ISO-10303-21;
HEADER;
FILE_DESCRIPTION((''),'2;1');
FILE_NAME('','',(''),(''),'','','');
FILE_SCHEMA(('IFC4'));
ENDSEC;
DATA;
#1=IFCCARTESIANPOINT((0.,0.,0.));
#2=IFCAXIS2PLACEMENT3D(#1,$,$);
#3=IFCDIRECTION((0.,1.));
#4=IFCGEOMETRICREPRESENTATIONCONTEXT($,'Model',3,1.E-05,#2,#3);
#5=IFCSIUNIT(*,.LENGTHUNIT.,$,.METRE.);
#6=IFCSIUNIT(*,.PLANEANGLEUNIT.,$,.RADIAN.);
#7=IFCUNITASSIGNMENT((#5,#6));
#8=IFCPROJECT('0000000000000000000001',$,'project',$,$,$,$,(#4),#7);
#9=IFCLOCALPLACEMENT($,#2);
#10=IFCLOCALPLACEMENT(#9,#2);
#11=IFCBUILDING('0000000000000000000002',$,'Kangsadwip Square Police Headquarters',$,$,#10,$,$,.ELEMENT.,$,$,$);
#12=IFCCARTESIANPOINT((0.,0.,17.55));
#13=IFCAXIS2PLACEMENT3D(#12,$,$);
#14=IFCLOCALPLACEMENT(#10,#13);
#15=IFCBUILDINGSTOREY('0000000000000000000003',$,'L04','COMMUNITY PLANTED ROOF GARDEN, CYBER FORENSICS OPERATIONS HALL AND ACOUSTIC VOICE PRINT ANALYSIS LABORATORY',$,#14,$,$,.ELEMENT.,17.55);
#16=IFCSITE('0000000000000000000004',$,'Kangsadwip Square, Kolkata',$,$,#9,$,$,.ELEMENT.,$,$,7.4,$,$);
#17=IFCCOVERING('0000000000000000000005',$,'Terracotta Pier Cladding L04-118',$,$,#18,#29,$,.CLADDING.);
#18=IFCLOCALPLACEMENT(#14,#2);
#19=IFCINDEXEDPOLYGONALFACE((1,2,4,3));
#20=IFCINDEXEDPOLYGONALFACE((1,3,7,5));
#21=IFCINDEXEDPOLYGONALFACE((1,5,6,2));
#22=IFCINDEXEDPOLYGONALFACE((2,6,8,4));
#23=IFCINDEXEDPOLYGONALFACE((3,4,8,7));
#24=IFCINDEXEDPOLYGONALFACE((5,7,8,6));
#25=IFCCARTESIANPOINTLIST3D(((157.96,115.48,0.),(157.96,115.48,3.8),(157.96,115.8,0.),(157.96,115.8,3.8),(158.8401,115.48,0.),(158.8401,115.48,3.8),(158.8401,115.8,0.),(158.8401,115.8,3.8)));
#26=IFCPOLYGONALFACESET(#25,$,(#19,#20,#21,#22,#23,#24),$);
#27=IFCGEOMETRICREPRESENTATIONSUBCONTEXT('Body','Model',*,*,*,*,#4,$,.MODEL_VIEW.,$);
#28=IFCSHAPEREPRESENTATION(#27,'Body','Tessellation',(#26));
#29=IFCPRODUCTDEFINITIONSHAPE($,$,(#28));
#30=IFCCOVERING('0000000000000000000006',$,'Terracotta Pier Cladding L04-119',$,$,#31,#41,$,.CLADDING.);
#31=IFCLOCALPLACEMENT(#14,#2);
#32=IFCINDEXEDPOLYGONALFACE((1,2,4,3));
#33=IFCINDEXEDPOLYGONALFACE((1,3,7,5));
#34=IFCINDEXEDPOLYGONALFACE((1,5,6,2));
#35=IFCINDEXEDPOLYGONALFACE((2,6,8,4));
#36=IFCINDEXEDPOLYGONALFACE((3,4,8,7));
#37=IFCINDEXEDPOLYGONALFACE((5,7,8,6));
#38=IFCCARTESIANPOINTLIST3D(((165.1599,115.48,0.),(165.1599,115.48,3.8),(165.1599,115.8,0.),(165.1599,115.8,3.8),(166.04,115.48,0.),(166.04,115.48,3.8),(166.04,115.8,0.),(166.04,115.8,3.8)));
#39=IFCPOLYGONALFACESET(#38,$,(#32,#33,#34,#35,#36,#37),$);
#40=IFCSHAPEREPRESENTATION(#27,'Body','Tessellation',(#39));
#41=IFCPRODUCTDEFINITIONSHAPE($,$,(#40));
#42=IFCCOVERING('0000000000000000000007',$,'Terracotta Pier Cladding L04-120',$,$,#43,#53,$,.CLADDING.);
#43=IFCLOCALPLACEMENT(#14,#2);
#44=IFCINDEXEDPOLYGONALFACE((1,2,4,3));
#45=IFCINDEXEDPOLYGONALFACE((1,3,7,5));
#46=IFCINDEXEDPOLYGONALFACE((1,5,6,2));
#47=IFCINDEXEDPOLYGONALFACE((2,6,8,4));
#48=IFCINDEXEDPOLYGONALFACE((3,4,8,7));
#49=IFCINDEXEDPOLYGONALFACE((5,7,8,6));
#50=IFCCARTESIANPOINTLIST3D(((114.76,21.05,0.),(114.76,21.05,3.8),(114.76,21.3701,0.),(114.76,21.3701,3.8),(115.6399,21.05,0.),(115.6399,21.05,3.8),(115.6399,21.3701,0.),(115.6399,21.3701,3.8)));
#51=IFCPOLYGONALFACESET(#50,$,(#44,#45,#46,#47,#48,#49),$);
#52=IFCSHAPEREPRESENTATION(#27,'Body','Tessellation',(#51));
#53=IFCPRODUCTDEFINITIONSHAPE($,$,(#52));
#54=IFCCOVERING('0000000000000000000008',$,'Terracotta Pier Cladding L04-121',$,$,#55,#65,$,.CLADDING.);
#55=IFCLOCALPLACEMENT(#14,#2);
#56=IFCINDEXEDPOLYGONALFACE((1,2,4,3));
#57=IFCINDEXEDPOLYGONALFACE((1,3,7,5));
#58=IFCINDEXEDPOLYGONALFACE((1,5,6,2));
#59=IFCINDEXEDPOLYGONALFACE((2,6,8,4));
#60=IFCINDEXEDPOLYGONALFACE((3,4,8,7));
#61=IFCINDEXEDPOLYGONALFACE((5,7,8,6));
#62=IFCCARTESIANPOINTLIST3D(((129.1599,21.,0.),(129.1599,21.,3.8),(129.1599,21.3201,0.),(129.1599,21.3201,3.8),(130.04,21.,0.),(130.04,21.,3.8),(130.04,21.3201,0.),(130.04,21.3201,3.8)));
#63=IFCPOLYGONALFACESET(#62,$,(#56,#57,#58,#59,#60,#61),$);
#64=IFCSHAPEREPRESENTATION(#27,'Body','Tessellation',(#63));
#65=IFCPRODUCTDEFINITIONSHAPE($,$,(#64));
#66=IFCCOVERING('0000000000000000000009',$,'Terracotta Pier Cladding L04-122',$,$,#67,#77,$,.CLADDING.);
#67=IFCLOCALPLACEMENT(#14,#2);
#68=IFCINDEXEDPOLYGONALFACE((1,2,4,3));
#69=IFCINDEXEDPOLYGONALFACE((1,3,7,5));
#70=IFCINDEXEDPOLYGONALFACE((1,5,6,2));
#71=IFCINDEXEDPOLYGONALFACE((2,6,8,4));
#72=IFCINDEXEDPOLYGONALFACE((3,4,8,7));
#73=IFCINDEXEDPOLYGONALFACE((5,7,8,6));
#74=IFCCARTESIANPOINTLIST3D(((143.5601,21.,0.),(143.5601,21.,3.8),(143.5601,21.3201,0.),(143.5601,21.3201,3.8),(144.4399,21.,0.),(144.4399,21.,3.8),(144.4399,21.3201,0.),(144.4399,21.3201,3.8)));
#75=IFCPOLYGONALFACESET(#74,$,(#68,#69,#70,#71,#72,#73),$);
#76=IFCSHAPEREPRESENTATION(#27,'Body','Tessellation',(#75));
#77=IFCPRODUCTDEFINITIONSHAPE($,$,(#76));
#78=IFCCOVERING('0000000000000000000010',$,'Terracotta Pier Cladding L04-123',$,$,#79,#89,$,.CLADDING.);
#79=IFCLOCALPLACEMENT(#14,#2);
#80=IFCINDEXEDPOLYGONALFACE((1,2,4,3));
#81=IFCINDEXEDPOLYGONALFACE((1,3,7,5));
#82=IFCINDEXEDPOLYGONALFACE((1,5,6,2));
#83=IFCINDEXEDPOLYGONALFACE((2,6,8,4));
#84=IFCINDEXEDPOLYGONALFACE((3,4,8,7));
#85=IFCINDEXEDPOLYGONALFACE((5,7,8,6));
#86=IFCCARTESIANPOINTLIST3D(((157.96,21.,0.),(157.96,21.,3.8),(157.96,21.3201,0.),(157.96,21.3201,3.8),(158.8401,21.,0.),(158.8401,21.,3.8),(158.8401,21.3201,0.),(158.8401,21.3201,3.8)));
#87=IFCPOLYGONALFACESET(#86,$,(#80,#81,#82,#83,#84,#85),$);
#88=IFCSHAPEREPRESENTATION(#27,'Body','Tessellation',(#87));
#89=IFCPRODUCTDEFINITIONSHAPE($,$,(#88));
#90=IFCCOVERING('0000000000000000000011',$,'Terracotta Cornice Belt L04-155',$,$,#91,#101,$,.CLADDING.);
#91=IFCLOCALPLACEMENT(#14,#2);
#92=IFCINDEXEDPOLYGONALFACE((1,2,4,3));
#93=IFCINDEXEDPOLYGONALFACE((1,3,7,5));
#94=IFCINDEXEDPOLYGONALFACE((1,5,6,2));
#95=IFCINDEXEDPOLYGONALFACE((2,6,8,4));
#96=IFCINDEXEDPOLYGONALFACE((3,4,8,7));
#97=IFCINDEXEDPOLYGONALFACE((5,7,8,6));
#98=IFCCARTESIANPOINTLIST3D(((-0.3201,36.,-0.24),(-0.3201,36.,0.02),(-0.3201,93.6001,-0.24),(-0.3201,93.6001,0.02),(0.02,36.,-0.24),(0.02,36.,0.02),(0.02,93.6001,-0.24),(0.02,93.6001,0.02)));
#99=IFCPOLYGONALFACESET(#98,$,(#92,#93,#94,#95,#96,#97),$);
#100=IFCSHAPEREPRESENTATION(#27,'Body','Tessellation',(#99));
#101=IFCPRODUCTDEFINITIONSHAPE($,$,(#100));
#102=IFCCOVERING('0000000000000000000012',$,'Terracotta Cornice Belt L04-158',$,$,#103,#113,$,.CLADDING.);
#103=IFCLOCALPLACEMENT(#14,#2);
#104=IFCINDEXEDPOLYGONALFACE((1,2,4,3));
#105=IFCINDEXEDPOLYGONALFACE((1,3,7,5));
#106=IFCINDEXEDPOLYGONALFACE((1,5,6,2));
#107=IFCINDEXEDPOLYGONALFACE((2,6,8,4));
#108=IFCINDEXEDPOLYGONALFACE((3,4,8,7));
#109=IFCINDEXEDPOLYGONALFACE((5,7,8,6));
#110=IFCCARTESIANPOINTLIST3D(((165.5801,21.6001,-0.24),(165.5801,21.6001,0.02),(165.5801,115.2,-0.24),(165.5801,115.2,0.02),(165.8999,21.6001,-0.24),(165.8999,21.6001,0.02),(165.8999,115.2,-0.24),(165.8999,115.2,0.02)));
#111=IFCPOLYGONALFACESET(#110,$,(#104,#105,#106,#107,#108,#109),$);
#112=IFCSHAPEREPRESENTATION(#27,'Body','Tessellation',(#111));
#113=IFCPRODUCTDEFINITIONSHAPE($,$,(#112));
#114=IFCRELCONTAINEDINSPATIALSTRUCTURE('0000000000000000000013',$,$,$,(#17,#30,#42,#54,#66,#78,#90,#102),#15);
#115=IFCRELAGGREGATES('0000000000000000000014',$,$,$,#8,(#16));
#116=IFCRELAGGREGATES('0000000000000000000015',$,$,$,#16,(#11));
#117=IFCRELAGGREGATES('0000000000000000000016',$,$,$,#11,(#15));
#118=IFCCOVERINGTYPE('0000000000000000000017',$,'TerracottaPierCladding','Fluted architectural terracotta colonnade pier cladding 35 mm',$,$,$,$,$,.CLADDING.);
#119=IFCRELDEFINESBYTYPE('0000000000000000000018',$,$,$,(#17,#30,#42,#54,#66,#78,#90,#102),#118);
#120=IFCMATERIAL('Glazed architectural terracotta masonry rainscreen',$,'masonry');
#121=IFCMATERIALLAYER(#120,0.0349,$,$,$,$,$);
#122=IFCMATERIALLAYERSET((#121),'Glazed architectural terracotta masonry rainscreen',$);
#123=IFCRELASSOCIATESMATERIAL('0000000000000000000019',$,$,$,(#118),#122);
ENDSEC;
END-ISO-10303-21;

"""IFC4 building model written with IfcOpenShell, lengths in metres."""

from ifc_helpers import new_model, si_unit, direction, frame, origin, place, context, subcontext, project, spatial, polyline, outline, extrude, material, layer, layer_set, type_object, element, save


model = new_model("IFC4")

# Units and contexts
model_context = context("Model", 3, precision=1e-05, world=origin(), true_north=direction((0.0, 1.0)))
body_context = subcontext(model_context, "Body", "Model", "MODEL_VIEW")
ifc_project = project(units=[si_unit("LENGTHUNIT", "METRE"), si_unit("PLANEANGLEUNIT", "RADIAN")], contexts=[model_context])

# Site, building, storey
site_placement = place(None, origin())
site = spatial("IfcSite", under=ifc_project, at=site_placement, Name="Kangsadwip Square, Kolkata", CompositionType="ELEMENT", RefElevation=7.4)
building_placement = place(site_placement, origin())
building = spatial("IfcBuilding", under=site, at=building_placement, Name="Kangsadwip Square Police Headquarters", CompositionType="ELEMENT")
storey_placement = place(building_placement, frame((0.0, 0.0, 17.55)))
storey = spatial("IfcBuildingStorey", under=building, at=storey_placement, Name="L04", Description="COMMUNITY PLANTED ROOF GARDEN, CYBER FORENSICS OPERATIONS HALL AND ACOUSTIC VOICE PRINT ANALYSIS LABORATORY", CompositionType="ELEMENT", Elevation=17.55)

# Coverings
ifc_material_1 = material(Name="Glazed architectural terracotta masonry rainscreen", Category="masonry")
ifc_layer_1 = layer(ifc_material_1, 0.0349)
ifc_layer_set_1 = layer_set([ifc_layer_1], Name="Glazed architectural terracotta masonry rainscreen")
covering_type_1 = type_object("IfcCoveringType", Name="TerracottaPierCladding", Description="Fluted architectural terracotta colonnade pier cladding 35 mm", PredefinedType="CLADDING", material=ifc_layer_set_1)
covering_1_placement = place(storey_placement, origin())
element("IfcCovering", 1, at=covering_1_placement, inside=storey, type_object=covering_type_1, Name="Terracotta Pier Cladding L04-118", PredefinedType="CLADDING", context=body_context, shape_type="SweptSolid", body=[
    extrude(outline(polyline([(157.96, 115.48), (158.8401, 115.48), (158.8401, 115.8), (157.96, 115.8), (157.96, 115.48)])), origin(), (0.0, 0.0, 1.0), 3.8),
])
covering_2_placement = place(storey_placement, origin())
element("IfcCovering", 2, at=covering_2_placement, inside=storey, type_object=covering_type_1, Name="Terracotta Pier Cladding L04-119", PredefinedType="CLADDING", context=body_context, shape_type="SweptSolid", body=[
    extrude(outline(polyline([(165.1599, 115.48), (166.04, 115.48), (166.04, 115.8), (165.1599, 115.8), (165.1599, 115.48)])), origin(), (0.0, 0.0, 1.0), 3.8),
])
covering_3_placement = place(storey_placement, origin())
element("IfcCovering", 3, at=covering_3_placement, inside=storey, type_object=covering_type_1, Name="Terracotta Pier Cladding L04-120", PredefinedType="CLADDING", context=body_context, shape_type="SweptSolid", body=[
    extrude(outline(polyline([(114.76, 21.05), (115.6399, 21.05), (115.6399, 21.3701), (114.76, 21.3701), (114.76, 21.05)])), origin(), (0.0, 0.0, 1.0), 3.8),
])
covering_4_placement = place(storey_placement, origin())
element("IfcCovering", 4, at=covering_4_placement, inside=storey, type_object=covering_type_1, Name="Terracotta Pier Cladding L04-121", PredefinedType="CLADDING", context=body_context, shape_type="SweptSolid", body=[
    extrude(outline(polyline([(129.1599, 21.0), (130.04, 21.0), (130.04, 21.3201), (129.1599, 21.3201), (129.1599, 21.0)])), origin(), (0.0, 0.0, 1.0), 3.8),
])
covering_5_placement = place(storey_placement, origin())
element("IfcCovering", 5, at=covering_5_placement, inside=storey, type_object=covering_type_1, Name="Terracotta Pier Cladding L04-122", PredefinedType="CLADDING", context=body_context, shape_type="SweptSolid", body=[
    extrude(outline(polyline([(143.5601, 21.0), (144.4399, 21.0), (144.4399, 21.3201), (143.5601, 21.3201), (143.5601, 21.0)])), origin(), (0.0, 0.0, 1.0), 3.8),
])
covering_6_placement = place(storey_placement, origin())
element("IfcCovering", 6, at=covering_6_placement, inside=storey, type_object=covering_type_1, Name="Terracotta Pier Cladding L04-123", PredefinedType="CLADDING", context=body_context, shape_type="SweptSolid", body=[
    extrude(outline(polyline([(157.96, 21.0), (158.8401, 21.0), (158.8401, 21.3201), (157.96, 21.3201), (157.96, 21.0)])), origin(), (0.0, 0.0, 1.0), 3.8),
])
covering_7_placement = place(storey_placement, frame((0.0, 0.0, -0.24)))
element("IfcCovering", 7, at=covering_7_placement, inside=storey, type_object=covering_type_1, Name="Terracotta Cornice Belt L04-155", PredefinedType="CLADDING", context=body_context, shape_type="SweptSolid", body=[
    extrude(outline(polyline([(-0.3201, 36.0), (0.02, 36.0), (0.02, 93.6001), (-0.3201, 93.6001), (-0.3201, 36.0)])), origin(), (0.0, 0.0, 1.0), 0.26),
])
covering_8_placement = place(storey_placement, frame((0.0, 0.0, -0.24)))
element("IfcCovering", 8, at=covering_8_placement, inside=storey, type_object=covering_type_1, Name="Terracotta Cornice Belt L04-158", PredefinedType="CLADDING", context=body_context, shape_type="SweptSolid", body=[
    extrude(outline(polyline([(165.5801, 21.6001), (165.8999, 21.6001), (165.8999, 115.2), (165.5801, 115.2), (165.5801, 21.6001)])), origin(), (0.0, 0.0, 1.0), 0.26),
])

save(model, "model.ifc")
